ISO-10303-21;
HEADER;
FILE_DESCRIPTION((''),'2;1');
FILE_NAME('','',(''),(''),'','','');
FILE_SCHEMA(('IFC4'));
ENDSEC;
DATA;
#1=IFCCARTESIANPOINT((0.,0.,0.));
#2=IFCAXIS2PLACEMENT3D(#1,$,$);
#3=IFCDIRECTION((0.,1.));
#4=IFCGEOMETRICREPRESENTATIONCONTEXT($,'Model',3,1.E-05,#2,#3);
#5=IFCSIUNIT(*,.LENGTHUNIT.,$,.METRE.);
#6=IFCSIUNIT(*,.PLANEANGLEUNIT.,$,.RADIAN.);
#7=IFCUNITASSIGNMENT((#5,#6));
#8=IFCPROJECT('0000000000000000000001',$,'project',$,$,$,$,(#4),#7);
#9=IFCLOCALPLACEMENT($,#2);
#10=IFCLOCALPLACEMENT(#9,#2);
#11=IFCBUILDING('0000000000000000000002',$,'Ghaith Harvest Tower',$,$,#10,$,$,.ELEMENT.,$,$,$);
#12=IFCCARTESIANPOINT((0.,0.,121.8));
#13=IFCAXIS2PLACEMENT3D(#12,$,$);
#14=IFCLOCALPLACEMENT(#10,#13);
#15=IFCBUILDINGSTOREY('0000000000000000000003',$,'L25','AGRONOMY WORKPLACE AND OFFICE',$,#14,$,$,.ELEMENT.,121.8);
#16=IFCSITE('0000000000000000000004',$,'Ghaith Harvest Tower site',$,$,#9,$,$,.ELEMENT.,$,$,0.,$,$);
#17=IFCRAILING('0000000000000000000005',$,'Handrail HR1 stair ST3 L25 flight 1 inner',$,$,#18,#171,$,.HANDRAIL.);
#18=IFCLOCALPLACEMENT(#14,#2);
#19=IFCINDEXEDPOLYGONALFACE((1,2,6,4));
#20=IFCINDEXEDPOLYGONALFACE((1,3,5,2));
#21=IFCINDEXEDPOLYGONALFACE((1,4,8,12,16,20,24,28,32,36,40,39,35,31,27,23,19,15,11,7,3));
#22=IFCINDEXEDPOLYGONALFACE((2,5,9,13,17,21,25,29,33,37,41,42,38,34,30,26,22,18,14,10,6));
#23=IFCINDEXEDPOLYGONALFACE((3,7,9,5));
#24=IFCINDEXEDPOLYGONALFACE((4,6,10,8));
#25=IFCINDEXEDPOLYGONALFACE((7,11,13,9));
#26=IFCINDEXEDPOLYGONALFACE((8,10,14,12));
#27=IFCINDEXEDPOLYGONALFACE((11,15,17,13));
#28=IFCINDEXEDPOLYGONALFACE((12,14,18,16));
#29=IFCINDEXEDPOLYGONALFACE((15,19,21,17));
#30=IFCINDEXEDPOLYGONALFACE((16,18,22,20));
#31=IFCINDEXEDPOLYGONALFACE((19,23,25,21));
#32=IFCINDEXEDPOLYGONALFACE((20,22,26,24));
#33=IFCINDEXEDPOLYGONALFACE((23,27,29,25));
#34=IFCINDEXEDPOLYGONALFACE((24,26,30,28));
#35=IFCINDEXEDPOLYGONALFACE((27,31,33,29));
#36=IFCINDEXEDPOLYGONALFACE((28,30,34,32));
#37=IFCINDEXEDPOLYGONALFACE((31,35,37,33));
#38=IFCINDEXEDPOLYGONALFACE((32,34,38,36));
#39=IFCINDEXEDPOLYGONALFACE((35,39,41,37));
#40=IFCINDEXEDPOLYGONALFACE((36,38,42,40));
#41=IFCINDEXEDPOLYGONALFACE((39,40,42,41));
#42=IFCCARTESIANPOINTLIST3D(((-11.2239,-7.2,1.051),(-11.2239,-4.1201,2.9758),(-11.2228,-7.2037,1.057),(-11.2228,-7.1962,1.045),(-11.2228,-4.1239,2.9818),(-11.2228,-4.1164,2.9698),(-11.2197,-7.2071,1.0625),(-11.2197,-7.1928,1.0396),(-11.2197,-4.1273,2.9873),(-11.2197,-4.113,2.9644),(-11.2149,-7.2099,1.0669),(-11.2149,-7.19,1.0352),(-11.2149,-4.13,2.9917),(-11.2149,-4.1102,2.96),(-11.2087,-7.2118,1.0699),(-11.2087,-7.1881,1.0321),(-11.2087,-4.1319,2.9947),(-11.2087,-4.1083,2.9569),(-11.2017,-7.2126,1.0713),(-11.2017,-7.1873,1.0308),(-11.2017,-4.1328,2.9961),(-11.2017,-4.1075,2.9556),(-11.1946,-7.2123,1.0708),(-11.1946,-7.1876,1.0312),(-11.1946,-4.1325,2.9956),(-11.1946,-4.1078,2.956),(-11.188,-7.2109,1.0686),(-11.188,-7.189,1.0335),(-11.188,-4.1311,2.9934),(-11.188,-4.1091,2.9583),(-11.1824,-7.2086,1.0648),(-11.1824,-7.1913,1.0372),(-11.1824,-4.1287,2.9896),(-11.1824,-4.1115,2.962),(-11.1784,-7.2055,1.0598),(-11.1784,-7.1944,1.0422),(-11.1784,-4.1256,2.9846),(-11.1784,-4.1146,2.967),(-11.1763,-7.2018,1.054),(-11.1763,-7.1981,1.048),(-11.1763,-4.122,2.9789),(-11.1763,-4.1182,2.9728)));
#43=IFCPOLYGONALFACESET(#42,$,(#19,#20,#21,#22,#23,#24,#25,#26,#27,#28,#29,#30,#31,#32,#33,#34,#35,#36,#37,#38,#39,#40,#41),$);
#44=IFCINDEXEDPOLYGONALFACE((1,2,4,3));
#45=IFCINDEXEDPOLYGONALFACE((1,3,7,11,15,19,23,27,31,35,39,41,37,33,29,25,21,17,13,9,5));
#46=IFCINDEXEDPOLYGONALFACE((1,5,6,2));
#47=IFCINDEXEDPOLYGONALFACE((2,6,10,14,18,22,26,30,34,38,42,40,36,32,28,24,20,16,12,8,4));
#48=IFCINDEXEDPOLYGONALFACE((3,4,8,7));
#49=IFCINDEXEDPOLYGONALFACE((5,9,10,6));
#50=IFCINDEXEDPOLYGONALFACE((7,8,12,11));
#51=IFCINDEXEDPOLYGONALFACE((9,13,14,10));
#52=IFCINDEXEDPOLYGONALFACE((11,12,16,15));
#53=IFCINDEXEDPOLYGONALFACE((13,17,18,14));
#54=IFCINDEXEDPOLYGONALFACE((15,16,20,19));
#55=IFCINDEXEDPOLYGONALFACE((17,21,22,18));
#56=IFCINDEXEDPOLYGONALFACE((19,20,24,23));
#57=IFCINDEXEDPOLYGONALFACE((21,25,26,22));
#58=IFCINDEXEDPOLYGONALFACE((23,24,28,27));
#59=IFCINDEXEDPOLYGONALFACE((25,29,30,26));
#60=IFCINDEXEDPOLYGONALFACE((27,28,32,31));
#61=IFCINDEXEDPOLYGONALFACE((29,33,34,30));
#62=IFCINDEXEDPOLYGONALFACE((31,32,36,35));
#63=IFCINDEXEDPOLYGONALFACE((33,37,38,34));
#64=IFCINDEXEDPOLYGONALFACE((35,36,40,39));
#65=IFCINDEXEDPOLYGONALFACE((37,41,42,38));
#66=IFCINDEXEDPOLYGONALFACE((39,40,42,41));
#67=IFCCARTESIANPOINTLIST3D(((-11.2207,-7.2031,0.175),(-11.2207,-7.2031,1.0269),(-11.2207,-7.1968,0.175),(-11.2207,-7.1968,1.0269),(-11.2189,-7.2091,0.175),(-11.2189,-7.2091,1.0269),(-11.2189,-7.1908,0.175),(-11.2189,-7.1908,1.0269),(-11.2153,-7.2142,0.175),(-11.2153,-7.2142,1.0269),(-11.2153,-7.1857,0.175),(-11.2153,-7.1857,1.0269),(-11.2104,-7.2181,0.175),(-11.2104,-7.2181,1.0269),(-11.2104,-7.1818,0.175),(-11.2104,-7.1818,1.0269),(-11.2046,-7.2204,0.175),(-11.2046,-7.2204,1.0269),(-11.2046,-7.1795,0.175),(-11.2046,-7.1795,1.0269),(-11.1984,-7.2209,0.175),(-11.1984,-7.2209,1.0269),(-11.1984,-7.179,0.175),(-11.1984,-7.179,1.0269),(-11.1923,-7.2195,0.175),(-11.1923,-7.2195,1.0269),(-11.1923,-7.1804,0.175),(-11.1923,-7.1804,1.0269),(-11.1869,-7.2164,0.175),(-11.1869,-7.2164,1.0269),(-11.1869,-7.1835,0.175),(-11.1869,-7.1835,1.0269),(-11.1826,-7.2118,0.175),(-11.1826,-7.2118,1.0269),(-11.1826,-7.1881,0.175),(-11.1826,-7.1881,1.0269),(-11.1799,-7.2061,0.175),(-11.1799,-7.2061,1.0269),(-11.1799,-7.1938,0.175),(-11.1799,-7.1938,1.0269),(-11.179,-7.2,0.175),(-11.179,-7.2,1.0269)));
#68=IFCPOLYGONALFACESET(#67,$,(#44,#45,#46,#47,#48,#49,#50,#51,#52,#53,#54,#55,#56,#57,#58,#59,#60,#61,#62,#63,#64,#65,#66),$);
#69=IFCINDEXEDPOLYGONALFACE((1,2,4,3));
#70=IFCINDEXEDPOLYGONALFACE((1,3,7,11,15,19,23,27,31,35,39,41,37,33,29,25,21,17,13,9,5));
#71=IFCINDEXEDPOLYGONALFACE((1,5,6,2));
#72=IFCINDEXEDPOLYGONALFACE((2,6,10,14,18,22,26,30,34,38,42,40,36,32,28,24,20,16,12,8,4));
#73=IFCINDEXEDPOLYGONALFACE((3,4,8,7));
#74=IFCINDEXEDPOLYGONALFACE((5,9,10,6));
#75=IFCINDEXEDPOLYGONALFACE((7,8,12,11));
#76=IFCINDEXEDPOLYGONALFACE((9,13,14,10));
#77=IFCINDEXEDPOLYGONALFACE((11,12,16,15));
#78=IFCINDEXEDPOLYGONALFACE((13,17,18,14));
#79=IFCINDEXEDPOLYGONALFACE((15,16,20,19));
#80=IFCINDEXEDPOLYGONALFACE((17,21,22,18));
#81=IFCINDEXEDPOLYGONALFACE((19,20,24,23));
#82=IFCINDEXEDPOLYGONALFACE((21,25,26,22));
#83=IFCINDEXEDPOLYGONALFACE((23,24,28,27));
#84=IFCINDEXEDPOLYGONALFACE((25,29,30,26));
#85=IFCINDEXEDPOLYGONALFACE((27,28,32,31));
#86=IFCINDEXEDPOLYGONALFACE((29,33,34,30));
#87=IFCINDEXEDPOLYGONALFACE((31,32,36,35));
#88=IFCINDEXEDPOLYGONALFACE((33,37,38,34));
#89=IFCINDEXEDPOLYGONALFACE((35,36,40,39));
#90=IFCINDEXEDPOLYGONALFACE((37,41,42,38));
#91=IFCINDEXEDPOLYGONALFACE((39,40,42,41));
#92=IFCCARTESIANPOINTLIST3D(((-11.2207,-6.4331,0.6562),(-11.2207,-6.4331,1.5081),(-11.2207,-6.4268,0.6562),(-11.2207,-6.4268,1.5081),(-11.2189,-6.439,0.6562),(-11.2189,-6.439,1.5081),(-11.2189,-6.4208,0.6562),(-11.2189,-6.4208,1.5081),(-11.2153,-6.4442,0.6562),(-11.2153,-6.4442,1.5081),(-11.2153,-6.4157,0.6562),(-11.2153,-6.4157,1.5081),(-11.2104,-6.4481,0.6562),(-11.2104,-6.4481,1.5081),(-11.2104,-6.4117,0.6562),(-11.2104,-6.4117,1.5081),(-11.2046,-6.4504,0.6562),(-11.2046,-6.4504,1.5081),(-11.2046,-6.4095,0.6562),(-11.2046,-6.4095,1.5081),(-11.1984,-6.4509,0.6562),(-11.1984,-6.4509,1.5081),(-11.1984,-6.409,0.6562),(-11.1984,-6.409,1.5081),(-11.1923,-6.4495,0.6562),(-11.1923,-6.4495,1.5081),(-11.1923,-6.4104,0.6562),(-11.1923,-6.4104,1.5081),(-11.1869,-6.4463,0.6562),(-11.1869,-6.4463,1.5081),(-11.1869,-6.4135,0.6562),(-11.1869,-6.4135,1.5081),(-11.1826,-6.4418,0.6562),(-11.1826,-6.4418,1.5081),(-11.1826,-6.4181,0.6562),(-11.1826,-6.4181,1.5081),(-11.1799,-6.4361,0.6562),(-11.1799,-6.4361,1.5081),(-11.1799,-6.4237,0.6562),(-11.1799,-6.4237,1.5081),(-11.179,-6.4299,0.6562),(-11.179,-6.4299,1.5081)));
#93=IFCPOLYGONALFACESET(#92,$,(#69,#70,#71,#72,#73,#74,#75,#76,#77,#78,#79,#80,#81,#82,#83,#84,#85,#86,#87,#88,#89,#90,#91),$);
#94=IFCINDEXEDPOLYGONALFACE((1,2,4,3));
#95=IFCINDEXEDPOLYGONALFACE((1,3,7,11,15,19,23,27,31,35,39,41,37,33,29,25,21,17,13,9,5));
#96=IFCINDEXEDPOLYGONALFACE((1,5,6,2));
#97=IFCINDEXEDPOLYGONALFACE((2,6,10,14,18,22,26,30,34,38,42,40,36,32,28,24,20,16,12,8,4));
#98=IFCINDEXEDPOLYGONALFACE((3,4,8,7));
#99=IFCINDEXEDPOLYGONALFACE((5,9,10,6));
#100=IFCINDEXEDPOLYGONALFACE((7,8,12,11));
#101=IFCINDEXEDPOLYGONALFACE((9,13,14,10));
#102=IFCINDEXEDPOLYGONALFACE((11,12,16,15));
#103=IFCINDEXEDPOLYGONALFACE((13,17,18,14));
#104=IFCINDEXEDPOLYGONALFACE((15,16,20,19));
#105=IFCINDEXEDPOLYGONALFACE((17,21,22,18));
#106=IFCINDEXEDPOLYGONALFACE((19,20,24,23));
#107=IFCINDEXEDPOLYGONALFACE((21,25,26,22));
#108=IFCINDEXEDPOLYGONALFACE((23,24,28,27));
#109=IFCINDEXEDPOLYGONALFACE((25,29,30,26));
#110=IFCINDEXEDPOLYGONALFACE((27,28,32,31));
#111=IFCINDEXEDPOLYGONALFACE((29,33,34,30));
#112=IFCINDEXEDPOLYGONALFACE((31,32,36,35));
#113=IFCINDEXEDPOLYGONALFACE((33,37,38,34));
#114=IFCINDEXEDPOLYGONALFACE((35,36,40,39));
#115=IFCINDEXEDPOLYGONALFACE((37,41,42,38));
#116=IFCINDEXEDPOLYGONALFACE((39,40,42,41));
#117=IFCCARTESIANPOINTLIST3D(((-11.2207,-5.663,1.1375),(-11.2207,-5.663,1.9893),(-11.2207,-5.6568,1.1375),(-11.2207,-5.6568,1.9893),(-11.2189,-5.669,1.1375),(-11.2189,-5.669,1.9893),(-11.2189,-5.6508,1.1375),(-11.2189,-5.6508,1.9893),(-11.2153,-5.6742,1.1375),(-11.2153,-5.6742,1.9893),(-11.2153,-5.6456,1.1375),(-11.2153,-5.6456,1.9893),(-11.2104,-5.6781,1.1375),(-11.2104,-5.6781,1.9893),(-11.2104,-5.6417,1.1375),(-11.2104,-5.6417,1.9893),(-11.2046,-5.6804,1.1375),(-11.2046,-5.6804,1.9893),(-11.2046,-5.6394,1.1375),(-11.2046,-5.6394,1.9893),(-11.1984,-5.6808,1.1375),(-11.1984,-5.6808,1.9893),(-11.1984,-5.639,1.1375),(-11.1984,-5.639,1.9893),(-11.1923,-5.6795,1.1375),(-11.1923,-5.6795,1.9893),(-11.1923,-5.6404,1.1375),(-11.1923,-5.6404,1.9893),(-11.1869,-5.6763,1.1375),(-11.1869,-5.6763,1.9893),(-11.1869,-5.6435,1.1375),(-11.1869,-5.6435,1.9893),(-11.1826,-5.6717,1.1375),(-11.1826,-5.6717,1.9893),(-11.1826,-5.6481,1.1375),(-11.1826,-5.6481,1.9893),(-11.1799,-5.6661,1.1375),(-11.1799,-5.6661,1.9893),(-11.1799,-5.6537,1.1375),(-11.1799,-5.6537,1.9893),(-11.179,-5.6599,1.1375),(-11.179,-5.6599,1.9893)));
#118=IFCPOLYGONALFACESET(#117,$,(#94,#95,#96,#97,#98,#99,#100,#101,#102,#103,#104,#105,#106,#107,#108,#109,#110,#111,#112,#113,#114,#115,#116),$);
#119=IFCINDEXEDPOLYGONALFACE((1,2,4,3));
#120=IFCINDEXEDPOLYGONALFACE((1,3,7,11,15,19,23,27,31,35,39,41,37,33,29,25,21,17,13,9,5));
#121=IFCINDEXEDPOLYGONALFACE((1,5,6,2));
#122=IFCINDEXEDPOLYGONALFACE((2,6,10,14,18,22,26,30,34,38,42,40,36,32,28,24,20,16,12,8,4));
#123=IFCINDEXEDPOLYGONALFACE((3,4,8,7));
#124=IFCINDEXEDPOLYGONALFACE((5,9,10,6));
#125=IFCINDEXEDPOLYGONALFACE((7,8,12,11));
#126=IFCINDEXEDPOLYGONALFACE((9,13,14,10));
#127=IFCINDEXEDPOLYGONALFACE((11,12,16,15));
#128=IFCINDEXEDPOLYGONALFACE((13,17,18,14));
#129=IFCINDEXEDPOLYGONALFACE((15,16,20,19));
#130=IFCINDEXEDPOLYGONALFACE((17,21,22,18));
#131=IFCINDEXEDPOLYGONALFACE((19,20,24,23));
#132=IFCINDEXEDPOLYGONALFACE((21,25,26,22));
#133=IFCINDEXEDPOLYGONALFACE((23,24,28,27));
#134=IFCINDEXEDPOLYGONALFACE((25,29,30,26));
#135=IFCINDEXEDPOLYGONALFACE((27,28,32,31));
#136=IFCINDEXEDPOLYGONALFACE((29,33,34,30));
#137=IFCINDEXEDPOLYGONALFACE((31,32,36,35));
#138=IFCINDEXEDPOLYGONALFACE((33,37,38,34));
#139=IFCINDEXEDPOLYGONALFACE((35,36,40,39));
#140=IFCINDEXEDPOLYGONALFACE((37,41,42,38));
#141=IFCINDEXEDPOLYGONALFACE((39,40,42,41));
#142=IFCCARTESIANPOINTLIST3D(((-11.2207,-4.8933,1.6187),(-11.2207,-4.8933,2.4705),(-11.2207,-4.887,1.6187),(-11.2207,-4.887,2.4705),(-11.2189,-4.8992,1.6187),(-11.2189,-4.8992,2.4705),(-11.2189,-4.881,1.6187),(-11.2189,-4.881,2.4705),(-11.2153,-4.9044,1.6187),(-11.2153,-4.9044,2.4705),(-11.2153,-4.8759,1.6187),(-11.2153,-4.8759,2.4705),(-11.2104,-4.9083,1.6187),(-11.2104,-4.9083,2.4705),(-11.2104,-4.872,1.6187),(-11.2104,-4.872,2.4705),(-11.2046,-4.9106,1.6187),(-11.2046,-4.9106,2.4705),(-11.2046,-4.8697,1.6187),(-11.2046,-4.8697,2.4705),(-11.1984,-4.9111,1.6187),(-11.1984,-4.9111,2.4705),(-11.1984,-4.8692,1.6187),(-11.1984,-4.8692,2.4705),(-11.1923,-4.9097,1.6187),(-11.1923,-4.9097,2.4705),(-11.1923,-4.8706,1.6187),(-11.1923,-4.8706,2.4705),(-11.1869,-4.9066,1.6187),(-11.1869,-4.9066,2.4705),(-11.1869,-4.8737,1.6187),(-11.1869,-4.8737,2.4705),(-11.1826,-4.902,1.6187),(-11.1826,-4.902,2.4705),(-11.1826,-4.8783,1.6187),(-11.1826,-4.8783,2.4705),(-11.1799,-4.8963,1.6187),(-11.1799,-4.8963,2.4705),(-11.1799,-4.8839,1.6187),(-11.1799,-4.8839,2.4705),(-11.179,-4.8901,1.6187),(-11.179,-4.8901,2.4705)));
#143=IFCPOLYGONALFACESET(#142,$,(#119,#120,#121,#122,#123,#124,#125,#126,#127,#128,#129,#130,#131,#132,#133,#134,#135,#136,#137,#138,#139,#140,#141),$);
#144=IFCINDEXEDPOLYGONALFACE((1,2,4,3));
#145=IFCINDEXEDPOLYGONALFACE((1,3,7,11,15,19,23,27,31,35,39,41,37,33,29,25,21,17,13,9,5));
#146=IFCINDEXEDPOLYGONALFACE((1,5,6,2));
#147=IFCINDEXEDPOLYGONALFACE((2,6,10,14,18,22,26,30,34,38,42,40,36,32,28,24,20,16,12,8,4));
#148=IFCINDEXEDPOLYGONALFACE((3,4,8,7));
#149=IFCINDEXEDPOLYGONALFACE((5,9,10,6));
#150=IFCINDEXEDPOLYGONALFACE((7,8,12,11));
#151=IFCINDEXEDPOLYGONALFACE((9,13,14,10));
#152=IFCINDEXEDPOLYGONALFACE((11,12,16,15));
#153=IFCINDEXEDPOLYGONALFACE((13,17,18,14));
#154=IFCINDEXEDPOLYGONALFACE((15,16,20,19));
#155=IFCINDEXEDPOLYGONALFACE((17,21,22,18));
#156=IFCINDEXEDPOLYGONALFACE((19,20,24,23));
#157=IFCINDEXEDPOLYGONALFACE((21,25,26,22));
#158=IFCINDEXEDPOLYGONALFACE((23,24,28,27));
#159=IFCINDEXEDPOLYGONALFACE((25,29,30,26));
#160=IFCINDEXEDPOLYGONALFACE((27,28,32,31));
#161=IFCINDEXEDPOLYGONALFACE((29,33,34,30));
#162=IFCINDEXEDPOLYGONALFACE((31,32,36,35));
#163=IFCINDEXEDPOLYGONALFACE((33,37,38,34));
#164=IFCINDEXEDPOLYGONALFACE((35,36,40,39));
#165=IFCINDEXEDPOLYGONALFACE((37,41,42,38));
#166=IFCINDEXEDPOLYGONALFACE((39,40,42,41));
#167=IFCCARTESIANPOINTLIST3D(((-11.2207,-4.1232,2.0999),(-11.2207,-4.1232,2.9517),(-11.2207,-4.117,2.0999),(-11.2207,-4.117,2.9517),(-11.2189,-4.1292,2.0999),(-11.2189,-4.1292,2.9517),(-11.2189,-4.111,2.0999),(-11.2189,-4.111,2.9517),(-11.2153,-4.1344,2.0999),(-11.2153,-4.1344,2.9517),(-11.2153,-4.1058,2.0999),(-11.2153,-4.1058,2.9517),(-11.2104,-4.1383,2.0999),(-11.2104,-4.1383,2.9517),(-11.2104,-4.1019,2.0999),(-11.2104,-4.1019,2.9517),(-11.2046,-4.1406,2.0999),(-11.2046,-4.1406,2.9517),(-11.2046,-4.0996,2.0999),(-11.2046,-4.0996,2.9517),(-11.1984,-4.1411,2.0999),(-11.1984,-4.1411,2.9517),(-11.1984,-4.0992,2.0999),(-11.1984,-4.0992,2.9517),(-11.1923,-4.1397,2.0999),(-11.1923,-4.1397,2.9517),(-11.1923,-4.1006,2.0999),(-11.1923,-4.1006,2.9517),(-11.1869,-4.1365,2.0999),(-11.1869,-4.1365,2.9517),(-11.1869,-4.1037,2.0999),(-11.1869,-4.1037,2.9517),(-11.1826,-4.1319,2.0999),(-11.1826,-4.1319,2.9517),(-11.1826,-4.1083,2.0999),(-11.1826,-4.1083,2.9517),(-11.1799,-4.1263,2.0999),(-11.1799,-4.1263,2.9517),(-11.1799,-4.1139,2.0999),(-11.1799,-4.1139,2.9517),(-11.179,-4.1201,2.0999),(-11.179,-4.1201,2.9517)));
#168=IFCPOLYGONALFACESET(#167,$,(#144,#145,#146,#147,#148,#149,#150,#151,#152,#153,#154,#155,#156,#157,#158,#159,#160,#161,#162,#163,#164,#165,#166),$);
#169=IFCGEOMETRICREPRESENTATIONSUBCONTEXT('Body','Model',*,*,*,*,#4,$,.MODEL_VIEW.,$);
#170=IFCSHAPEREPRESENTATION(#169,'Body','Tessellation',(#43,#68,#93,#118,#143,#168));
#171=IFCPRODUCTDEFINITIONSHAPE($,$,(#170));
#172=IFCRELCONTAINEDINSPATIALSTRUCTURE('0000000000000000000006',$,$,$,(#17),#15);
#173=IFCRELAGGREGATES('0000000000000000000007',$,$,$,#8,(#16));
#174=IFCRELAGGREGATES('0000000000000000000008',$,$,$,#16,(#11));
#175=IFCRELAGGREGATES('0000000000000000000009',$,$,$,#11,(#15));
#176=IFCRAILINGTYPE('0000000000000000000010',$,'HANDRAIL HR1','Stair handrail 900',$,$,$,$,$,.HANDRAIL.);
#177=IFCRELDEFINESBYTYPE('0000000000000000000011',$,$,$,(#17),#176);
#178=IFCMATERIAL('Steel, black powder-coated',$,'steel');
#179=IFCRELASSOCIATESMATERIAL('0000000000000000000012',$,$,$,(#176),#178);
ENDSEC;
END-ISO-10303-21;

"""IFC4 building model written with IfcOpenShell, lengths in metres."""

from ifc_helpers import new_model, si_unit, direction, frame, origin, origin_2d, place, context, subcontext, project, spatial, circle, extrude, material, type_object, element, save


model = new_model("IFC4")

# Units and contexts
model_context = context("Model", 3, precision=1e-05, world=origin(), true_north=direction((0.0, 1.0)))
body_context = subcontext(model_context, "Body", "Model", "MODEL_VIEW")
ifc_project = project(units=[si_unit("LENGTHUNIT", "METRE"), si_unit("PLANEANGLEUNIT", "RADIAN")], contexts=[model_context])

# Site, building, storey
site_placement = place(None, origin())
site = spatial("IfcSite", under=ifc_project, at=site_placement, Name="Ghaith Harvest Tower site", CompositionType="ELEMENT", RefElevation=0.0)
building_placement = place(site_placement, origin())
building = spatial("IfcBuilding", under=site, at=building_placement, Name="Ghaith Harvest Tower", CompositionType="ELEMENT")
storey_placement = place(building_placement, frame((0.0, 0.0, 121.8)))
storey = spatial("IfcBuildingStorey", under=building, at=storey_placement, Name="L25", Description="AGRONOMY WORKPLACE AND OFFICE", CompositionType="ELEMENT", Elevation=121.8)

# Railing
ifc_material_1 = material(Name="Steel, black powder-coated", Category="steel")
railing_type = type_object("IfcRailingType", Name="HANDRAIL HR1", Description="Stair handrail 900", PredefinedType="HANDRAIL", material=ifc_material_1)
railing_1_placement = place(storey_placement, frame((-11.2, -7.2, 0.175)))
element("IfcRailing", 1, at=railing_1_placement, inside=storey, type_object=railing_type, Name="Handrail HR1 stair ST3 L25 flight 1 inner", PredefinedType="HANDRAIL", context=body_context, shape_type="SweptSolid", body=[
    extrude(circle(Radius=0.0239, at=origin_2d()), frame((0.0, 0.0, 0.876), z_axis=(0.0, 0.84801, 0.529981), x_axis=(-1.0, 0.0, 0.0)), (0.0, 0.0, 1.0), 3.6318),
    extrude(circle(Radius=0.021, at=origin_2d()), origin(), (0.0, 0.0, 1.0), 0.8518),
    extrude(circle(Radius=0.021, at=origin_2d()), frame((0.0, 0.77, 0.4812)), (0.0, 0.0, 1.0), 0.8518),
    extrude(circle(Radius=0.021, at=origin_2d()), frame((0.0, 1.54, 0.9624)), (0.0, 0.0, 1.0), 0.8518),
    extrude(circle(Radius=0.021, at=origin_2d()), frame((0.0, 2.3098, 1.4436)), (0.0, 0.0, 1.0), 0.8518),
    extrude(circle(Radius=0.021, at=origin_2d()), frame((0.0, 3.0798, 1.9248)), (0.0, 0.0, 1.0), 0.8518),
])

save(model, "model.ifc")
